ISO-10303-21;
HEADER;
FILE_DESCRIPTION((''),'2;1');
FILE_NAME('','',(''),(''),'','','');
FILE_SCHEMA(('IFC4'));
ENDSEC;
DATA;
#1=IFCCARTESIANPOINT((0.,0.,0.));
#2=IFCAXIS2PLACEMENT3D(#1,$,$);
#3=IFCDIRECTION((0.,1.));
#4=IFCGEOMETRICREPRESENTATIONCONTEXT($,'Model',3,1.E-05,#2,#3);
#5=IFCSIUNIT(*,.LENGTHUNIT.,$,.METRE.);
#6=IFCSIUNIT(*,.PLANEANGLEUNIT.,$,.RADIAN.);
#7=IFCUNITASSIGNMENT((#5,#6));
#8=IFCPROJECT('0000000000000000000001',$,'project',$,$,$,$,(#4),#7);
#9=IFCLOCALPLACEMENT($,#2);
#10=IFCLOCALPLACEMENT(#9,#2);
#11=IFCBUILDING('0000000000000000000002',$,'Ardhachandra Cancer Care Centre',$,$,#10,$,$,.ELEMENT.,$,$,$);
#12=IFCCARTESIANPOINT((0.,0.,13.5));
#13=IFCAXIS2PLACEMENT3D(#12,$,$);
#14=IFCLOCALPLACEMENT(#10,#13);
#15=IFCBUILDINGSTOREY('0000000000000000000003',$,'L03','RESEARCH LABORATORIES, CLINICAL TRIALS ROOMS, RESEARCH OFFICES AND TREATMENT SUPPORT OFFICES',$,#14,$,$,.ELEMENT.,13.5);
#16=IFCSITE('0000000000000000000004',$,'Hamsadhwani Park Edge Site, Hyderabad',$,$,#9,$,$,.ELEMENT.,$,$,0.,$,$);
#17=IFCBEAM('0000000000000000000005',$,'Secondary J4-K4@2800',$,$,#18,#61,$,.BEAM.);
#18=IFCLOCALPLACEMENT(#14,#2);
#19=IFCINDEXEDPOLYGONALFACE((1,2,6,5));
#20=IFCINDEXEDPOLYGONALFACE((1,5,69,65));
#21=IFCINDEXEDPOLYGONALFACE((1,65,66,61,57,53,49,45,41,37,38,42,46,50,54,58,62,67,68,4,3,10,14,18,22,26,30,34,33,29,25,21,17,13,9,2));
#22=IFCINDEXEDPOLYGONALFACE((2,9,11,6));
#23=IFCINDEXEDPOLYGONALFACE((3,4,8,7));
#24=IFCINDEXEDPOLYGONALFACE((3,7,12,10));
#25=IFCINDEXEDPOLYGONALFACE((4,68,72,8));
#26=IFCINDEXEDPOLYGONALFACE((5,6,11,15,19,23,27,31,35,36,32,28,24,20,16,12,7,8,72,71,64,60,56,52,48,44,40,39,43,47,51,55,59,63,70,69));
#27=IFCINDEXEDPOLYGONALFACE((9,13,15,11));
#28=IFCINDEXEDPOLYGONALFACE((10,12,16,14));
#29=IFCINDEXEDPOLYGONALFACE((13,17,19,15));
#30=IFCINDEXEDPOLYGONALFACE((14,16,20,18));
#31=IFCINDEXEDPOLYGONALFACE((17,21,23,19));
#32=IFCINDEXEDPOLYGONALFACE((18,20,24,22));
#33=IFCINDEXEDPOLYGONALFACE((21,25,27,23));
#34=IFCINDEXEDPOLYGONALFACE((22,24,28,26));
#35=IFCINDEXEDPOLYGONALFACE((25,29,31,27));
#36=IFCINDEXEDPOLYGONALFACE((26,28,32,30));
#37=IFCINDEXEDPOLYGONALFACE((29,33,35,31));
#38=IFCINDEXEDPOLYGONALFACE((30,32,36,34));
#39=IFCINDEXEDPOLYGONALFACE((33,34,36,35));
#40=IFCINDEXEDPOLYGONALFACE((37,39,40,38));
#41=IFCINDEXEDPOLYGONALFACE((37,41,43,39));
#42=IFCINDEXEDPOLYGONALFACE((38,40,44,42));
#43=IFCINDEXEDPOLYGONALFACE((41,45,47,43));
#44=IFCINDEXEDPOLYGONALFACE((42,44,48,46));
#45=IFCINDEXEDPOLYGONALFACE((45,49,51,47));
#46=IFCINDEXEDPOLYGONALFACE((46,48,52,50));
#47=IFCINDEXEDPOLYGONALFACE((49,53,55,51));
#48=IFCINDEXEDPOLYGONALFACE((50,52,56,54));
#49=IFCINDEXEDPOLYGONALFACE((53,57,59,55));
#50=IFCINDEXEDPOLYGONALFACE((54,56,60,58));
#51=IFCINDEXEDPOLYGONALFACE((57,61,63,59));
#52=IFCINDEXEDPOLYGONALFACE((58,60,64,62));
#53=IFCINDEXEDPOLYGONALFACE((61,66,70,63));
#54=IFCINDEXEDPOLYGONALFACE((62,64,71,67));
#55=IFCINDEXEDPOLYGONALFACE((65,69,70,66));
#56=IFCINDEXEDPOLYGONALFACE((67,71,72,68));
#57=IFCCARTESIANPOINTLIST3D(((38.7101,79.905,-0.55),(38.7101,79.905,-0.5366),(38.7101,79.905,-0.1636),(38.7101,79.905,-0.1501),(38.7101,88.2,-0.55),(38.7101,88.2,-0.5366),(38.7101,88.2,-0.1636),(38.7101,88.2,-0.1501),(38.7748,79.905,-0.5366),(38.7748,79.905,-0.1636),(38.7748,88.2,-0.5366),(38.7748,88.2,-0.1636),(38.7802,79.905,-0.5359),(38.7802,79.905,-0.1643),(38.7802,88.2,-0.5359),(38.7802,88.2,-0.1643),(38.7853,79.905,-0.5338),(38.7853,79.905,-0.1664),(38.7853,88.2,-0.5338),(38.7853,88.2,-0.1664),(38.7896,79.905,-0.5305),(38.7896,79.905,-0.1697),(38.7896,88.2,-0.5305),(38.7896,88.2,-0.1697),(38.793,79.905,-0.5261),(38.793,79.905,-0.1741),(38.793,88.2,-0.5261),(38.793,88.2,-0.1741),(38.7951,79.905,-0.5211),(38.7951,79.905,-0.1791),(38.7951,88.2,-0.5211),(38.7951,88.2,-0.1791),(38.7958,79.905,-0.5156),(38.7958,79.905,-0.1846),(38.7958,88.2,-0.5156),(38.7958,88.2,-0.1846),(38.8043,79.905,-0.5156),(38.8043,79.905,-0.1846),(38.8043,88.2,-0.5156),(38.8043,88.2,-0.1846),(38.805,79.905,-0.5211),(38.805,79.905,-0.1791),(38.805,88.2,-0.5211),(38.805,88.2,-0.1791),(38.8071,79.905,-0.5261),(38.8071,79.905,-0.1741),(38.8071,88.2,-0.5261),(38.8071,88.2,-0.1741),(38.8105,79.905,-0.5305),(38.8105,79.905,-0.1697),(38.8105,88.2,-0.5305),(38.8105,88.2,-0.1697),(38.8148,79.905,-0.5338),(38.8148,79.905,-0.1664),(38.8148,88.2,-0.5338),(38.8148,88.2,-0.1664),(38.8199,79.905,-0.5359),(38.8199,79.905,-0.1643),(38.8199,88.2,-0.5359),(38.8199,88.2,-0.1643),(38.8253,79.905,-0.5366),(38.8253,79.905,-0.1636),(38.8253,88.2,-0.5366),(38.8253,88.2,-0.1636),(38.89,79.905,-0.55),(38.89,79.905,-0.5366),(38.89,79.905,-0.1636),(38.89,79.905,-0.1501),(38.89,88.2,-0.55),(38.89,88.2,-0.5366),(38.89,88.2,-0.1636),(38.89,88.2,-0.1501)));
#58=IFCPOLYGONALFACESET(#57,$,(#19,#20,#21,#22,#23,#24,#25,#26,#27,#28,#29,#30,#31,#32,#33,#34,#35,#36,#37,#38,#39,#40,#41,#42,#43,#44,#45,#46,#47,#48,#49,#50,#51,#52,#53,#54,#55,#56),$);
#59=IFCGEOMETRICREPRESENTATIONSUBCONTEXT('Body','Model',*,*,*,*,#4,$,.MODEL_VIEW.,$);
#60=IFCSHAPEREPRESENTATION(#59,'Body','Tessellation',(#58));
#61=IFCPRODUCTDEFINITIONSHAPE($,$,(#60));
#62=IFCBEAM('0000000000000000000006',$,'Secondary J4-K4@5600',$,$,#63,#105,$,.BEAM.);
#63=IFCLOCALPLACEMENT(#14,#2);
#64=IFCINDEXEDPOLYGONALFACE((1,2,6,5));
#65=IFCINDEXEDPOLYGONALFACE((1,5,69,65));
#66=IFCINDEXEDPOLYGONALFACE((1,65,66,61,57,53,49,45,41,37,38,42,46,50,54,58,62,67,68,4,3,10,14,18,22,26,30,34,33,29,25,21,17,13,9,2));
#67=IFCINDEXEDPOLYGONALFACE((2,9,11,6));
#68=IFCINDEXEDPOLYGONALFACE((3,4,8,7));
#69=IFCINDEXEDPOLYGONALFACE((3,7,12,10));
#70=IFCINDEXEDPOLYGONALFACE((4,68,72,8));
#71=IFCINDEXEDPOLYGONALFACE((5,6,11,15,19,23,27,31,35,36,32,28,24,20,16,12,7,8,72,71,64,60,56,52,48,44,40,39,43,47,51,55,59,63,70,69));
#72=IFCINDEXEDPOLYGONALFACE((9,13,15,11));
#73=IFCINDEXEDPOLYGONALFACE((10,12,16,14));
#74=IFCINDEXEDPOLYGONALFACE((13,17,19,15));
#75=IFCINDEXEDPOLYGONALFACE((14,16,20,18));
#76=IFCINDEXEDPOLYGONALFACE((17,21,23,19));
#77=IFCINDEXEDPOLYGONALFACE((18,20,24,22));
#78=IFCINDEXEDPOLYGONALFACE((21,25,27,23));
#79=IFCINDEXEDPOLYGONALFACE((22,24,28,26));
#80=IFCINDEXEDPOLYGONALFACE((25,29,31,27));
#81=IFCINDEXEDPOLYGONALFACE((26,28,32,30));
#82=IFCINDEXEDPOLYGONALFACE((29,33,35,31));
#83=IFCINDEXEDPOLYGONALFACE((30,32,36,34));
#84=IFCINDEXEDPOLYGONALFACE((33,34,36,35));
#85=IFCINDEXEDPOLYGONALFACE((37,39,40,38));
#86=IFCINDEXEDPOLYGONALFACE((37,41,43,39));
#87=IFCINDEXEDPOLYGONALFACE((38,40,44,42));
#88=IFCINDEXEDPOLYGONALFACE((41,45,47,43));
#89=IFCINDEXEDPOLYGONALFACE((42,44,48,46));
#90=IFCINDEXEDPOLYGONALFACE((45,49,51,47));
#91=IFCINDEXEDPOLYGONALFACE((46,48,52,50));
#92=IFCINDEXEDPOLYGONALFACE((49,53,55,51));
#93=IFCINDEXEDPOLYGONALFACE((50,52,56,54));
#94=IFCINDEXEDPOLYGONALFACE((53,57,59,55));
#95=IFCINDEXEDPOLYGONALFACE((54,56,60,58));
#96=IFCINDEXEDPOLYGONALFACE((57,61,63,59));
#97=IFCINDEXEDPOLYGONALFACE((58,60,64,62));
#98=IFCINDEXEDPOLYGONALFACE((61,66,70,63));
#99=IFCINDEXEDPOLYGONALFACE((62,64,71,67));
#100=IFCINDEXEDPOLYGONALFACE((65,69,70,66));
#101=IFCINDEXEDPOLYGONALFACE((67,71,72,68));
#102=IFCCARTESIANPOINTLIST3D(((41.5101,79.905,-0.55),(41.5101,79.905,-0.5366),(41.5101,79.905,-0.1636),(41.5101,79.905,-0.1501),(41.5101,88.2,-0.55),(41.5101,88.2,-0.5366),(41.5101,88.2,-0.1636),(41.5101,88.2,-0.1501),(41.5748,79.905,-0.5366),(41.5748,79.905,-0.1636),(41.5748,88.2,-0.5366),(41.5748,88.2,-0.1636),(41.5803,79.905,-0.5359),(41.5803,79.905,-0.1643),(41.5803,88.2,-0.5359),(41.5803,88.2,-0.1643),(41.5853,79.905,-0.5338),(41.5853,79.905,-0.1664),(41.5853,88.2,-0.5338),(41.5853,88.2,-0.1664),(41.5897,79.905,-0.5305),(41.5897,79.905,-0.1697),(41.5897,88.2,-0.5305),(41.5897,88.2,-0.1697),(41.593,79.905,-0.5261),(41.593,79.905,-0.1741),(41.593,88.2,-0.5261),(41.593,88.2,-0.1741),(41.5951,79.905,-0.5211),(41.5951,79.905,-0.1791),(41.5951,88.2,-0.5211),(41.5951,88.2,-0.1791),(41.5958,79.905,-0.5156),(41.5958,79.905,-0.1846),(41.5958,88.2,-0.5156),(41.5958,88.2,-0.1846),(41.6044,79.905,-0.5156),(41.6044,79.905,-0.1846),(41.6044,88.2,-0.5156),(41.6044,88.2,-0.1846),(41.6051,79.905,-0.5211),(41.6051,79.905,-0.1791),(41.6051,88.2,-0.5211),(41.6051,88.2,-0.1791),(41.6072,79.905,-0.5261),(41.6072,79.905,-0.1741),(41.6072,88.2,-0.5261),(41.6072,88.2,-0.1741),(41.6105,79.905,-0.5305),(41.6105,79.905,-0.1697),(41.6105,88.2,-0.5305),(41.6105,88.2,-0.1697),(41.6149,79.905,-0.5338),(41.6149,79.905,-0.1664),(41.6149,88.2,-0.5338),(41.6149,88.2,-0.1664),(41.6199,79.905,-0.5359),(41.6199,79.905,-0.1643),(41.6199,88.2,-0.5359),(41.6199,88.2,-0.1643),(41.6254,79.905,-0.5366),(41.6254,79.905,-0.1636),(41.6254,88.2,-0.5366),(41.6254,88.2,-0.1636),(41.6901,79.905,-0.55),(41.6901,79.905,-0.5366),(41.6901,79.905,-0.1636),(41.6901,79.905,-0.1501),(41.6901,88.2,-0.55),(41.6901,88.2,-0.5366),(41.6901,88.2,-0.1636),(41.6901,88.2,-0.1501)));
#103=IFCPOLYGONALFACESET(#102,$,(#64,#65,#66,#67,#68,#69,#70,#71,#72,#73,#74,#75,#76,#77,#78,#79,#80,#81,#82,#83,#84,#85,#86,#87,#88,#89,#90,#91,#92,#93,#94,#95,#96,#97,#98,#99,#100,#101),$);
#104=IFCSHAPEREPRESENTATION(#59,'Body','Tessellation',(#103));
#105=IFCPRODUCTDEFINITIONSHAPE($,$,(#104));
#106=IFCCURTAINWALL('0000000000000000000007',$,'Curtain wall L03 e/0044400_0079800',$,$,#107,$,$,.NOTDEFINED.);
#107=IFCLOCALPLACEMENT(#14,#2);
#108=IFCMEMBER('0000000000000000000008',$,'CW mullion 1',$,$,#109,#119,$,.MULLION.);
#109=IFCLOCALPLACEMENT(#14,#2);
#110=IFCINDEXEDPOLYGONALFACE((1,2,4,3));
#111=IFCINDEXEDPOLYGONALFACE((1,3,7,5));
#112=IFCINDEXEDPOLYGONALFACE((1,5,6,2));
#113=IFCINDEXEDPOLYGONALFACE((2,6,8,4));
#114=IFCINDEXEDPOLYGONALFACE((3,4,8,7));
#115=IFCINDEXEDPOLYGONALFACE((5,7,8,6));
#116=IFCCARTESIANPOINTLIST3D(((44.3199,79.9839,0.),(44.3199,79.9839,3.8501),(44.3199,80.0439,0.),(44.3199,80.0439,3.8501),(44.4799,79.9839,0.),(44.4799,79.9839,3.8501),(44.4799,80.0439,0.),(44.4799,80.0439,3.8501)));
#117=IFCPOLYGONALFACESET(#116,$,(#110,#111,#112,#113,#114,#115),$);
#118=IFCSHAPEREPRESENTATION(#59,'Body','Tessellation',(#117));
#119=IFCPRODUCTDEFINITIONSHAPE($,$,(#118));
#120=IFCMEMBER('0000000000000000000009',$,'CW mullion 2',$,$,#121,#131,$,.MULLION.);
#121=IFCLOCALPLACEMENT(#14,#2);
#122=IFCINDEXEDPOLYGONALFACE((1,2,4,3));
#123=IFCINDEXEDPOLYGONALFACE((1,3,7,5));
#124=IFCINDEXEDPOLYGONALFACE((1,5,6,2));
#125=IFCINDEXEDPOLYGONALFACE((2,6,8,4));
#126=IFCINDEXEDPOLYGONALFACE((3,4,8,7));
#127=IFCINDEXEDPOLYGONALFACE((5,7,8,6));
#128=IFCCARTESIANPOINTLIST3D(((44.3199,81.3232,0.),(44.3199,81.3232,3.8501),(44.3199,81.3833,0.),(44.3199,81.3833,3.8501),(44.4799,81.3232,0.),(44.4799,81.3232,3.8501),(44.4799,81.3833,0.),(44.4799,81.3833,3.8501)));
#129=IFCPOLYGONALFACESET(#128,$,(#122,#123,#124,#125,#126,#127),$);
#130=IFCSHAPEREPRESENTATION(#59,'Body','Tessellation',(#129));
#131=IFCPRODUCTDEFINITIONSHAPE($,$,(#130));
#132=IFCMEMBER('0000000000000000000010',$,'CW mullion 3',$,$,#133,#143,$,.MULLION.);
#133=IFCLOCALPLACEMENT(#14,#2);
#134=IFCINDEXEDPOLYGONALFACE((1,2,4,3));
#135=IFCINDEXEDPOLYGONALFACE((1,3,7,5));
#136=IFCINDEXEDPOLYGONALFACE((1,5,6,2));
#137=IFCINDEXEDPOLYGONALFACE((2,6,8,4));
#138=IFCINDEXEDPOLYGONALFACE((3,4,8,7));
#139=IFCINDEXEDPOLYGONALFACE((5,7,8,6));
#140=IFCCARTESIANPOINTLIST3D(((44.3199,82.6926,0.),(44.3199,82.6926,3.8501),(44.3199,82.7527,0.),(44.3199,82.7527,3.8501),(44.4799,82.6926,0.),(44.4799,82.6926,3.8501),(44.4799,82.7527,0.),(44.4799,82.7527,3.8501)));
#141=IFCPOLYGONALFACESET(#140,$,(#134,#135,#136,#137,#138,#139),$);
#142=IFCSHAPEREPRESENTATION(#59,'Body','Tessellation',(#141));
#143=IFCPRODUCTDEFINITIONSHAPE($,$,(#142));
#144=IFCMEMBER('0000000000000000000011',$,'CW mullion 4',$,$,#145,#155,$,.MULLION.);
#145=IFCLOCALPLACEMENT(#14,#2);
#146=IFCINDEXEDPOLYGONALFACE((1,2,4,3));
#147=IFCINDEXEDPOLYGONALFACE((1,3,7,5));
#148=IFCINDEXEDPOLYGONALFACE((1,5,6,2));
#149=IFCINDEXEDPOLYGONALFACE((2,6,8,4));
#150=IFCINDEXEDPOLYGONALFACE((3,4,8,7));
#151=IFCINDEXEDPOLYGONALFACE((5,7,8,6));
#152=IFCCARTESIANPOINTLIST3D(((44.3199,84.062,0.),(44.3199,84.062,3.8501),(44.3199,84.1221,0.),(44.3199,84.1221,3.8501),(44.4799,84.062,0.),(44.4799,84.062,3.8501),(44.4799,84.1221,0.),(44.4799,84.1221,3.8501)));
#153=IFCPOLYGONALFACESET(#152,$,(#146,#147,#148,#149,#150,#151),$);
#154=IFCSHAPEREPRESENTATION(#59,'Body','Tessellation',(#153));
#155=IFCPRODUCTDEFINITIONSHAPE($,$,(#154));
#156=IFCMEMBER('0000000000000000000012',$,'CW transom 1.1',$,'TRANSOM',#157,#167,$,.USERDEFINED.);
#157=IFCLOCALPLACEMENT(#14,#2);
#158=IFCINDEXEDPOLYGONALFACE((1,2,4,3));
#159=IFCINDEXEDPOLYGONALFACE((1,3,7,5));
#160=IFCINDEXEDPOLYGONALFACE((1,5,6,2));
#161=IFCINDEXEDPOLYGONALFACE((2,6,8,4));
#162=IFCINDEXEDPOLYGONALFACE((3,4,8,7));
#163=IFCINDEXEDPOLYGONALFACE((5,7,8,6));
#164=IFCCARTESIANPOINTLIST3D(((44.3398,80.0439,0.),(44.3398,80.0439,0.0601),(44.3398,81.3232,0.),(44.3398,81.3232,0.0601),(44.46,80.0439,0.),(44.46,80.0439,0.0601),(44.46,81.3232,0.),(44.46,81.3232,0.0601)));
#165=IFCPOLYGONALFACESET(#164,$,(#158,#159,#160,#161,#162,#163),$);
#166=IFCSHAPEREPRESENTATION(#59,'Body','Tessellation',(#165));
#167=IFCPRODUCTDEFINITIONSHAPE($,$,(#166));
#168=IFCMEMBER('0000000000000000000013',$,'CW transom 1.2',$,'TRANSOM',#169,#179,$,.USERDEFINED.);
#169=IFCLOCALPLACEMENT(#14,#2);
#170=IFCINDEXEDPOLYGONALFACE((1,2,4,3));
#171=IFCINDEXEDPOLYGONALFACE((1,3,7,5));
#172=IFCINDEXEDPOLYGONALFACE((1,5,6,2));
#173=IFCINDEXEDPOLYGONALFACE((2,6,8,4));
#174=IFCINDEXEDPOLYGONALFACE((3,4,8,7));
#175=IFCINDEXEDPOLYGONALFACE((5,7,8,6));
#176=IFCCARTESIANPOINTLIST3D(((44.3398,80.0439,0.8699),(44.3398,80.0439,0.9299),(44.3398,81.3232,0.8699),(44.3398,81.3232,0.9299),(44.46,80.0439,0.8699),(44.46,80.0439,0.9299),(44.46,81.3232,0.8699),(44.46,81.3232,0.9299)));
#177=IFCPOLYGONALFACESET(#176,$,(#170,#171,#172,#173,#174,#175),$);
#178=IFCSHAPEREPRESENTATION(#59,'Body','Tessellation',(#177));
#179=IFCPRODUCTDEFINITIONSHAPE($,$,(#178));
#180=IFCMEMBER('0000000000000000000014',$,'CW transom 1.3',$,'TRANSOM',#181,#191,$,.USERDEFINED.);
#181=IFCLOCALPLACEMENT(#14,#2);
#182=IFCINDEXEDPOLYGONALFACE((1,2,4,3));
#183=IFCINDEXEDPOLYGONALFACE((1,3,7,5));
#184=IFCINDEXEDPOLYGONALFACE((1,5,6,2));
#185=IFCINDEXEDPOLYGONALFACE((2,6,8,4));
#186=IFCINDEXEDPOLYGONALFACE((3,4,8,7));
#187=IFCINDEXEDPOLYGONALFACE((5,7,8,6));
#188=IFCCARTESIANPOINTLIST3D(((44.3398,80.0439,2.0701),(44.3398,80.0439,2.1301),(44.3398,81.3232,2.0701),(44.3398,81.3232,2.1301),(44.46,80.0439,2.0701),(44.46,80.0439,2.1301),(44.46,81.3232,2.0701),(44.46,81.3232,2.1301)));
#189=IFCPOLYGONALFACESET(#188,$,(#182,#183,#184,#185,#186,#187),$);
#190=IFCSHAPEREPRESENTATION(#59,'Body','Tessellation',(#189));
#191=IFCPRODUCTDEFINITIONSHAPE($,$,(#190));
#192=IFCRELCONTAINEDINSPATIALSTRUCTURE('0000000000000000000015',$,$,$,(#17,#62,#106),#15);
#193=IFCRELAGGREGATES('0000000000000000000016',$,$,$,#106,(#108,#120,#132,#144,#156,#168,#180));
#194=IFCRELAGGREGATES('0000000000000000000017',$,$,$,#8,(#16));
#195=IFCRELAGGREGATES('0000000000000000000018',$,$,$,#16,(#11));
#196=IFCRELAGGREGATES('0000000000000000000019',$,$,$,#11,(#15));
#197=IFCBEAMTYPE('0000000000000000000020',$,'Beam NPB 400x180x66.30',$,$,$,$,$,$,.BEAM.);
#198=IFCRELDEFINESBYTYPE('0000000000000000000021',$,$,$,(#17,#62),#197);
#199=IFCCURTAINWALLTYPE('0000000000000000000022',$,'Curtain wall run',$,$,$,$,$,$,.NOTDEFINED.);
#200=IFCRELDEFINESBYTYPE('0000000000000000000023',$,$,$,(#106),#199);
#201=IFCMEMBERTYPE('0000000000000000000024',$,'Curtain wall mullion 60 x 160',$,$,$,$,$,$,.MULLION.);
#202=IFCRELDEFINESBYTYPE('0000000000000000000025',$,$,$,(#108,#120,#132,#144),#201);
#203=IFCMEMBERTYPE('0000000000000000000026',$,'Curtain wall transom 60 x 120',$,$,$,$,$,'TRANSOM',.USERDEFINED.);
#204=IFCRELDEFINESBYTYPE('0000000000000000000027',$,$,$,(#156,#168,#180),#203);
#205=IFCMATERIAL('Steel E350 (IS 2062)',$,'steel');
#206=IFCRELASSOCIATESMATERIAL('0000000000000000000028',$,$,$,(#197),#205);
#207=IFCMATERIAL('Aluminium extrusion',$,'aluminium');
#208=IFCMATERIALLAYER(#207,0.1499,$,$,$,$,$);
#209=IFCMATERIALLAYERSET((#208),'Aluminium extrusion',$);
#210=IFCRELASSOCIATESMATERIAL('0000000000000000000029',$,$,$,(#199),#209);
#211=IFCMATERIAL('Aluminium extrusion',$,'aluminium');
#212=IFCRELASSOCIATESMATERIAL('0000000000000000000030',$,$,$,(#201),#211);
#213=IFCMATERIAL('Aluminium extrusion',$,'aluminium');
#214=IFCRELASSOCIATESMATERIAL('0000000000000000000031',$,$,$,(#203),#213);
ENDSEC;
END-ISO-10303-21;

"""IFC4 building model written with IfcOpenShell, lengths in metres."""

from ifc_helpers import new_model, si_unit, direction, frame, origin, origin_2d, place, context, subcontext, project, spatial, rectangle, i_section, extrude, material, layer, layer_set, material_profile, profile_set, type_object, element, aggregate, save


model = new_model("IFC4")

# Units and contexts
model_context = context("Model", 3, precision=1e-05, world=origin(), true_north=direction((0.0, 1.0)))
body_context = subcontext(model_context, "Body", "Model", "MODEL_VIEW")
ifc_project = project(units=[si_unit("LENGTHUNIT", "METRE"), si_unit("PLANEANGLEUNIT", "RADIAN")], contexts=[model_context])

# Site, building, storey
site_placement = place(None, origin())
site = spatial("IfcSite", under=ifc_project, at=site_placement, Name="Hamsadhwani Park Edge Site, Hyderabad", CompositionType="ELEMENT", RefElevation=0.0)
building_placement = place(site_placement, origin())
building = spatial("IfcBuilding", under=site, at=building_placement, Name="Ardhachandra Cancer Care Centre", CompositionType="ELEMENT")
storey_placement = place(building_placement, frame((0.0, 0.0, 13.5)))
storey = spatial("IfcBuildingStorey", under=building, at=storey_placement, Name="L03", Description="RESEARCH LABORATORIES, CLINICAL TRIALS ROOMS, RESEARCH OFFICES AND TREATMENT SUPPORT OFFICES", CompositionType="ELEMENT", Elevation=13.5)

# Beams
ifc_material_1 = material(Name="Steel E350 (IS 2062)", Category="steel")
ifc_material_profile_1 = material_profile(ifc_material_1, i_section(OverallWidth=0.1799, OverallDepth=0.3999, WebThickness=0.0085, FlangeThickness=0.0134, FilletRadius=0.021, at=origin_2d()), Name="NPB 400x180x66.30")
ifc_profile_set_1 = profile_set([ifc_material_profile_1], Name="Steel E350 (IS 2062)")
beam_type = type_object("IfcBeamType", Name="Beam NPB 400x180x66.30", PredefinedType="BEAM", material=ifc_profile_set_1)
for number, where, z_axis, x_axis, name in (
    (1, (38.8, 79.905, -0.3501), (0.0, 1.0, 0.0), (-1.0, 0.0, 0.0), "Secondary J4-K4@2800"),
    (2, (41.6001, 79.905, -0.3501), (0.0, 1.0, 0.0), (-1.0, 0.0, 0.0), "Secondary J4-K4@5600"),
):
    element("IfcBeam", number, at=place(storey_placement, frame(where, z_axis=z_axis, x_axis=x_axis)), inside=storey, type_object=beam_type, Name=name, PredefinedType="BEAM", context=body_context, shape_type="SweptSolid", body=[
        extrude(i_section(OverallWidth=0.1799, OverallDepth=0.3999, WebThickness=0.0085, FlangeThickness=0.0134, FilletRadius=0.021, at=origin_2d()), origin(), (0.0, 0.0, 1.0), 8.2949),
    ])

# Curtain wall, members
ifc_material_2 = material(Name="Aluminium extrusion", Category="aluminium")
ifc_layer_1 = layer(ifc_material_2, 0.1499)
ifc_layer_set_1 = layer_set([ifc_layer_1], Name="Aluminium extrusion")
curtain_wall_type = type_object("IfcCurtainWallType", Name="Curtain wall run", PredefinedType="NOTDEFINED", material=ifc_layer_set_1)
curtain_wall_placement = place(storey_placement, origin())
curtain_wall = element("IfcCurtainWall", 3, at=curtain_wall_placement, inside=storey, type_object=curtain_wall_type, Name="Curtain wall L03 e/0044400_0079800", PredefinedType="NOTDEFINED")
ifc_material_3 = material(Name="Aluminium extrusion", Category="aluminium")
ifc_material_profile_2 = material_profile(ifc_material_3, rectangle(XDim=0.1599, YDim=0.0601, at=origin_2d()), Name="Curtain wall mullion 60 x 160")
ifc_profile_set_2 = profile_set([ifc_material_profile_2], Name="Aluminium extrusion")
member_type_1 = type_object("IfcMemberType", Name="Curtain wall mullion 60 x 160", PredefinedType="MULLION", material=ifc_profile_set_2)
member_1_placement = place(storey_placement, frame((44.3999, 80.0139, 0.0), z_axis=(0.0, 0.0, 1.0), x_axis=(-1.0, 0.0, 0.0)))
member_1 = element("IfcMember", 4, at=member_1_placement, type_object=member_type_1, Name="CW mullion 1", PredefinedType="MULLION", context=body_context, shape_type="SweptSolid", body=[
    extrude(rectangle(XDim=0.1599, YDim=0.0601, at=origin_2d()), origin(), (0.0, 0.0, 1.0), 3.8501),
])
member_2_placement = place(storey_placement, frame((44.3999, 81.3533, 0.0), z_axis=(0.0, 0.0, 1.0), x_axis=(-1.0, 0.0, 0.0)))
member_2 = element("IfcMember", 5, at=member_2_placement, type_object=member_type_1, Name="CW mullion 2", PredefinedType="MULLION", context=body_context, shape_type="SweptSolid", body=[
    extrude(rectangle(XDim=0.1599, YDim=0.0601, at=origin_2d()), origin(), (0.0, 0.0, 1.0), 3.8501),
])
member_3_placement = place(storey_placement, frame((44.3999, 82.7227, 0.0), z_axis=(0.0, 0.0, 1.0), x_axis=(-1.0, 0.0, 0.0)))
member_3 = element("IfcMember", 6, at=member_3_placement, type_object=member_type_1, Name="CW mullion 3", PredefinedType="MULLION", context=body_context, shape_type="SweptSolid", body=[
    extrude(rectangle(XDim=0.1599, YDim=0.0601, at=origin_2d()), origin(), (0.0, 0.0, 1.0), 3.8501),
])
member_4_placement = place(storey_placement, frame((44.3999, 84.092, 0.0), z_axis=(0.0, 0.0, 1.0), x_axis=(-1.0, 0.0, 0.0)))
member_4 = element("IfcMember", 7, at=member_4_placement, type_object=member_type_1, Name="CW mullion 4", PredefinedType="MULLION", context=body_context, shape_type="SweptSolid", body=[
    extrude(rectangle(XDim=0.1599, YDim=0.0601, at=origin_2d()), origin(), (0.0, 0.0, 1.0), 3.8501),
])
ifc_material_4 = material(Name="Aluminium extrusion", Category="aluminium")
ifc_material_profile_3 = material_profile(ifc_material_4, rectangle(XDim=0.1201, YDim=0.0601, at=origin_2d()), Name="Curtain wall transom 60 x 120")
ifc_profile_set_3 = profile_set([ifc_material_profile_3], Name="Aluminium extrusion")
member_type_2 = type_object("IfcMemberType", Name="Curtain wall transom 60 x 120", ElementType="TRANSOM", PredefinedType="USERDEFINED", material=ifc_profile_set_3)
member_5_placement = place(storey_placement, frame((44.3999, 80.0439, 0.03), z_axis=(0.0, 1.0, 0.0), x_axis=(-1.0, 0.0, 0.0)))
member_5 = element("IfcMember", 8, at=member_5_placement, type_object=member_type_2, Name="CW transom 1.1", ObjectType="TRANSOM", PredefinedType="USERDEFINED", context=body_context, shape_type="SweptSolid", body=[
    extrude(rectangle(XDim=0.1201, YDim=0.0601, at=origin_2d()), origin(), (0.0, 0.0, 1.0), 1.2793),
])
member_6_placement = place(storey_placement, frame((44.3999, 80.0439, 0.8999), z_axis=(0.0, 1.0, 0.0), x_axis=(-1.0, 0.0, 0.0)))
member_6 = element("IfcMember", 9, at=member_6_placement, type_object=member_type_2, Name="CW transom 1.2", ObjectType="TRANSOM", PredefinedType="USERDEFINED", context=body_context, shape_type="SweptSolid", body=[
    extrude(rectangle(XDim=0.1201, YDim=0.0601, at=origin_2d()), origin(), (0.0, 0.0, 1.0), 1.2793),
])
member_7_placement = place(storey_placement, frame((44.3999, 80.0439, 2.1001), z_axis=(0.0, 1.0, 0.0), x_axis=(-1.0, 0.0, 0.0)))
member_7 = element("IfcMember", 10, at=member_7_placement, type_object=member_type_2, Name="CW transom 1.3", ObjectType="TRANSOM", PredefinedType="USERDEFINED", context=body_context, shape_type="SweptSolid", body=[
    extrude(rectangle(XDim=0.1201, YDim=0.0601, at=origin_2d()), origin(), (0.0, 0.0, 1.0), 1.2793),
])
aggregate(curtain_wall, [member_1, member_2, member_3, member_4, member_5, member_6, member_7])

save(model, "model.ifc")
